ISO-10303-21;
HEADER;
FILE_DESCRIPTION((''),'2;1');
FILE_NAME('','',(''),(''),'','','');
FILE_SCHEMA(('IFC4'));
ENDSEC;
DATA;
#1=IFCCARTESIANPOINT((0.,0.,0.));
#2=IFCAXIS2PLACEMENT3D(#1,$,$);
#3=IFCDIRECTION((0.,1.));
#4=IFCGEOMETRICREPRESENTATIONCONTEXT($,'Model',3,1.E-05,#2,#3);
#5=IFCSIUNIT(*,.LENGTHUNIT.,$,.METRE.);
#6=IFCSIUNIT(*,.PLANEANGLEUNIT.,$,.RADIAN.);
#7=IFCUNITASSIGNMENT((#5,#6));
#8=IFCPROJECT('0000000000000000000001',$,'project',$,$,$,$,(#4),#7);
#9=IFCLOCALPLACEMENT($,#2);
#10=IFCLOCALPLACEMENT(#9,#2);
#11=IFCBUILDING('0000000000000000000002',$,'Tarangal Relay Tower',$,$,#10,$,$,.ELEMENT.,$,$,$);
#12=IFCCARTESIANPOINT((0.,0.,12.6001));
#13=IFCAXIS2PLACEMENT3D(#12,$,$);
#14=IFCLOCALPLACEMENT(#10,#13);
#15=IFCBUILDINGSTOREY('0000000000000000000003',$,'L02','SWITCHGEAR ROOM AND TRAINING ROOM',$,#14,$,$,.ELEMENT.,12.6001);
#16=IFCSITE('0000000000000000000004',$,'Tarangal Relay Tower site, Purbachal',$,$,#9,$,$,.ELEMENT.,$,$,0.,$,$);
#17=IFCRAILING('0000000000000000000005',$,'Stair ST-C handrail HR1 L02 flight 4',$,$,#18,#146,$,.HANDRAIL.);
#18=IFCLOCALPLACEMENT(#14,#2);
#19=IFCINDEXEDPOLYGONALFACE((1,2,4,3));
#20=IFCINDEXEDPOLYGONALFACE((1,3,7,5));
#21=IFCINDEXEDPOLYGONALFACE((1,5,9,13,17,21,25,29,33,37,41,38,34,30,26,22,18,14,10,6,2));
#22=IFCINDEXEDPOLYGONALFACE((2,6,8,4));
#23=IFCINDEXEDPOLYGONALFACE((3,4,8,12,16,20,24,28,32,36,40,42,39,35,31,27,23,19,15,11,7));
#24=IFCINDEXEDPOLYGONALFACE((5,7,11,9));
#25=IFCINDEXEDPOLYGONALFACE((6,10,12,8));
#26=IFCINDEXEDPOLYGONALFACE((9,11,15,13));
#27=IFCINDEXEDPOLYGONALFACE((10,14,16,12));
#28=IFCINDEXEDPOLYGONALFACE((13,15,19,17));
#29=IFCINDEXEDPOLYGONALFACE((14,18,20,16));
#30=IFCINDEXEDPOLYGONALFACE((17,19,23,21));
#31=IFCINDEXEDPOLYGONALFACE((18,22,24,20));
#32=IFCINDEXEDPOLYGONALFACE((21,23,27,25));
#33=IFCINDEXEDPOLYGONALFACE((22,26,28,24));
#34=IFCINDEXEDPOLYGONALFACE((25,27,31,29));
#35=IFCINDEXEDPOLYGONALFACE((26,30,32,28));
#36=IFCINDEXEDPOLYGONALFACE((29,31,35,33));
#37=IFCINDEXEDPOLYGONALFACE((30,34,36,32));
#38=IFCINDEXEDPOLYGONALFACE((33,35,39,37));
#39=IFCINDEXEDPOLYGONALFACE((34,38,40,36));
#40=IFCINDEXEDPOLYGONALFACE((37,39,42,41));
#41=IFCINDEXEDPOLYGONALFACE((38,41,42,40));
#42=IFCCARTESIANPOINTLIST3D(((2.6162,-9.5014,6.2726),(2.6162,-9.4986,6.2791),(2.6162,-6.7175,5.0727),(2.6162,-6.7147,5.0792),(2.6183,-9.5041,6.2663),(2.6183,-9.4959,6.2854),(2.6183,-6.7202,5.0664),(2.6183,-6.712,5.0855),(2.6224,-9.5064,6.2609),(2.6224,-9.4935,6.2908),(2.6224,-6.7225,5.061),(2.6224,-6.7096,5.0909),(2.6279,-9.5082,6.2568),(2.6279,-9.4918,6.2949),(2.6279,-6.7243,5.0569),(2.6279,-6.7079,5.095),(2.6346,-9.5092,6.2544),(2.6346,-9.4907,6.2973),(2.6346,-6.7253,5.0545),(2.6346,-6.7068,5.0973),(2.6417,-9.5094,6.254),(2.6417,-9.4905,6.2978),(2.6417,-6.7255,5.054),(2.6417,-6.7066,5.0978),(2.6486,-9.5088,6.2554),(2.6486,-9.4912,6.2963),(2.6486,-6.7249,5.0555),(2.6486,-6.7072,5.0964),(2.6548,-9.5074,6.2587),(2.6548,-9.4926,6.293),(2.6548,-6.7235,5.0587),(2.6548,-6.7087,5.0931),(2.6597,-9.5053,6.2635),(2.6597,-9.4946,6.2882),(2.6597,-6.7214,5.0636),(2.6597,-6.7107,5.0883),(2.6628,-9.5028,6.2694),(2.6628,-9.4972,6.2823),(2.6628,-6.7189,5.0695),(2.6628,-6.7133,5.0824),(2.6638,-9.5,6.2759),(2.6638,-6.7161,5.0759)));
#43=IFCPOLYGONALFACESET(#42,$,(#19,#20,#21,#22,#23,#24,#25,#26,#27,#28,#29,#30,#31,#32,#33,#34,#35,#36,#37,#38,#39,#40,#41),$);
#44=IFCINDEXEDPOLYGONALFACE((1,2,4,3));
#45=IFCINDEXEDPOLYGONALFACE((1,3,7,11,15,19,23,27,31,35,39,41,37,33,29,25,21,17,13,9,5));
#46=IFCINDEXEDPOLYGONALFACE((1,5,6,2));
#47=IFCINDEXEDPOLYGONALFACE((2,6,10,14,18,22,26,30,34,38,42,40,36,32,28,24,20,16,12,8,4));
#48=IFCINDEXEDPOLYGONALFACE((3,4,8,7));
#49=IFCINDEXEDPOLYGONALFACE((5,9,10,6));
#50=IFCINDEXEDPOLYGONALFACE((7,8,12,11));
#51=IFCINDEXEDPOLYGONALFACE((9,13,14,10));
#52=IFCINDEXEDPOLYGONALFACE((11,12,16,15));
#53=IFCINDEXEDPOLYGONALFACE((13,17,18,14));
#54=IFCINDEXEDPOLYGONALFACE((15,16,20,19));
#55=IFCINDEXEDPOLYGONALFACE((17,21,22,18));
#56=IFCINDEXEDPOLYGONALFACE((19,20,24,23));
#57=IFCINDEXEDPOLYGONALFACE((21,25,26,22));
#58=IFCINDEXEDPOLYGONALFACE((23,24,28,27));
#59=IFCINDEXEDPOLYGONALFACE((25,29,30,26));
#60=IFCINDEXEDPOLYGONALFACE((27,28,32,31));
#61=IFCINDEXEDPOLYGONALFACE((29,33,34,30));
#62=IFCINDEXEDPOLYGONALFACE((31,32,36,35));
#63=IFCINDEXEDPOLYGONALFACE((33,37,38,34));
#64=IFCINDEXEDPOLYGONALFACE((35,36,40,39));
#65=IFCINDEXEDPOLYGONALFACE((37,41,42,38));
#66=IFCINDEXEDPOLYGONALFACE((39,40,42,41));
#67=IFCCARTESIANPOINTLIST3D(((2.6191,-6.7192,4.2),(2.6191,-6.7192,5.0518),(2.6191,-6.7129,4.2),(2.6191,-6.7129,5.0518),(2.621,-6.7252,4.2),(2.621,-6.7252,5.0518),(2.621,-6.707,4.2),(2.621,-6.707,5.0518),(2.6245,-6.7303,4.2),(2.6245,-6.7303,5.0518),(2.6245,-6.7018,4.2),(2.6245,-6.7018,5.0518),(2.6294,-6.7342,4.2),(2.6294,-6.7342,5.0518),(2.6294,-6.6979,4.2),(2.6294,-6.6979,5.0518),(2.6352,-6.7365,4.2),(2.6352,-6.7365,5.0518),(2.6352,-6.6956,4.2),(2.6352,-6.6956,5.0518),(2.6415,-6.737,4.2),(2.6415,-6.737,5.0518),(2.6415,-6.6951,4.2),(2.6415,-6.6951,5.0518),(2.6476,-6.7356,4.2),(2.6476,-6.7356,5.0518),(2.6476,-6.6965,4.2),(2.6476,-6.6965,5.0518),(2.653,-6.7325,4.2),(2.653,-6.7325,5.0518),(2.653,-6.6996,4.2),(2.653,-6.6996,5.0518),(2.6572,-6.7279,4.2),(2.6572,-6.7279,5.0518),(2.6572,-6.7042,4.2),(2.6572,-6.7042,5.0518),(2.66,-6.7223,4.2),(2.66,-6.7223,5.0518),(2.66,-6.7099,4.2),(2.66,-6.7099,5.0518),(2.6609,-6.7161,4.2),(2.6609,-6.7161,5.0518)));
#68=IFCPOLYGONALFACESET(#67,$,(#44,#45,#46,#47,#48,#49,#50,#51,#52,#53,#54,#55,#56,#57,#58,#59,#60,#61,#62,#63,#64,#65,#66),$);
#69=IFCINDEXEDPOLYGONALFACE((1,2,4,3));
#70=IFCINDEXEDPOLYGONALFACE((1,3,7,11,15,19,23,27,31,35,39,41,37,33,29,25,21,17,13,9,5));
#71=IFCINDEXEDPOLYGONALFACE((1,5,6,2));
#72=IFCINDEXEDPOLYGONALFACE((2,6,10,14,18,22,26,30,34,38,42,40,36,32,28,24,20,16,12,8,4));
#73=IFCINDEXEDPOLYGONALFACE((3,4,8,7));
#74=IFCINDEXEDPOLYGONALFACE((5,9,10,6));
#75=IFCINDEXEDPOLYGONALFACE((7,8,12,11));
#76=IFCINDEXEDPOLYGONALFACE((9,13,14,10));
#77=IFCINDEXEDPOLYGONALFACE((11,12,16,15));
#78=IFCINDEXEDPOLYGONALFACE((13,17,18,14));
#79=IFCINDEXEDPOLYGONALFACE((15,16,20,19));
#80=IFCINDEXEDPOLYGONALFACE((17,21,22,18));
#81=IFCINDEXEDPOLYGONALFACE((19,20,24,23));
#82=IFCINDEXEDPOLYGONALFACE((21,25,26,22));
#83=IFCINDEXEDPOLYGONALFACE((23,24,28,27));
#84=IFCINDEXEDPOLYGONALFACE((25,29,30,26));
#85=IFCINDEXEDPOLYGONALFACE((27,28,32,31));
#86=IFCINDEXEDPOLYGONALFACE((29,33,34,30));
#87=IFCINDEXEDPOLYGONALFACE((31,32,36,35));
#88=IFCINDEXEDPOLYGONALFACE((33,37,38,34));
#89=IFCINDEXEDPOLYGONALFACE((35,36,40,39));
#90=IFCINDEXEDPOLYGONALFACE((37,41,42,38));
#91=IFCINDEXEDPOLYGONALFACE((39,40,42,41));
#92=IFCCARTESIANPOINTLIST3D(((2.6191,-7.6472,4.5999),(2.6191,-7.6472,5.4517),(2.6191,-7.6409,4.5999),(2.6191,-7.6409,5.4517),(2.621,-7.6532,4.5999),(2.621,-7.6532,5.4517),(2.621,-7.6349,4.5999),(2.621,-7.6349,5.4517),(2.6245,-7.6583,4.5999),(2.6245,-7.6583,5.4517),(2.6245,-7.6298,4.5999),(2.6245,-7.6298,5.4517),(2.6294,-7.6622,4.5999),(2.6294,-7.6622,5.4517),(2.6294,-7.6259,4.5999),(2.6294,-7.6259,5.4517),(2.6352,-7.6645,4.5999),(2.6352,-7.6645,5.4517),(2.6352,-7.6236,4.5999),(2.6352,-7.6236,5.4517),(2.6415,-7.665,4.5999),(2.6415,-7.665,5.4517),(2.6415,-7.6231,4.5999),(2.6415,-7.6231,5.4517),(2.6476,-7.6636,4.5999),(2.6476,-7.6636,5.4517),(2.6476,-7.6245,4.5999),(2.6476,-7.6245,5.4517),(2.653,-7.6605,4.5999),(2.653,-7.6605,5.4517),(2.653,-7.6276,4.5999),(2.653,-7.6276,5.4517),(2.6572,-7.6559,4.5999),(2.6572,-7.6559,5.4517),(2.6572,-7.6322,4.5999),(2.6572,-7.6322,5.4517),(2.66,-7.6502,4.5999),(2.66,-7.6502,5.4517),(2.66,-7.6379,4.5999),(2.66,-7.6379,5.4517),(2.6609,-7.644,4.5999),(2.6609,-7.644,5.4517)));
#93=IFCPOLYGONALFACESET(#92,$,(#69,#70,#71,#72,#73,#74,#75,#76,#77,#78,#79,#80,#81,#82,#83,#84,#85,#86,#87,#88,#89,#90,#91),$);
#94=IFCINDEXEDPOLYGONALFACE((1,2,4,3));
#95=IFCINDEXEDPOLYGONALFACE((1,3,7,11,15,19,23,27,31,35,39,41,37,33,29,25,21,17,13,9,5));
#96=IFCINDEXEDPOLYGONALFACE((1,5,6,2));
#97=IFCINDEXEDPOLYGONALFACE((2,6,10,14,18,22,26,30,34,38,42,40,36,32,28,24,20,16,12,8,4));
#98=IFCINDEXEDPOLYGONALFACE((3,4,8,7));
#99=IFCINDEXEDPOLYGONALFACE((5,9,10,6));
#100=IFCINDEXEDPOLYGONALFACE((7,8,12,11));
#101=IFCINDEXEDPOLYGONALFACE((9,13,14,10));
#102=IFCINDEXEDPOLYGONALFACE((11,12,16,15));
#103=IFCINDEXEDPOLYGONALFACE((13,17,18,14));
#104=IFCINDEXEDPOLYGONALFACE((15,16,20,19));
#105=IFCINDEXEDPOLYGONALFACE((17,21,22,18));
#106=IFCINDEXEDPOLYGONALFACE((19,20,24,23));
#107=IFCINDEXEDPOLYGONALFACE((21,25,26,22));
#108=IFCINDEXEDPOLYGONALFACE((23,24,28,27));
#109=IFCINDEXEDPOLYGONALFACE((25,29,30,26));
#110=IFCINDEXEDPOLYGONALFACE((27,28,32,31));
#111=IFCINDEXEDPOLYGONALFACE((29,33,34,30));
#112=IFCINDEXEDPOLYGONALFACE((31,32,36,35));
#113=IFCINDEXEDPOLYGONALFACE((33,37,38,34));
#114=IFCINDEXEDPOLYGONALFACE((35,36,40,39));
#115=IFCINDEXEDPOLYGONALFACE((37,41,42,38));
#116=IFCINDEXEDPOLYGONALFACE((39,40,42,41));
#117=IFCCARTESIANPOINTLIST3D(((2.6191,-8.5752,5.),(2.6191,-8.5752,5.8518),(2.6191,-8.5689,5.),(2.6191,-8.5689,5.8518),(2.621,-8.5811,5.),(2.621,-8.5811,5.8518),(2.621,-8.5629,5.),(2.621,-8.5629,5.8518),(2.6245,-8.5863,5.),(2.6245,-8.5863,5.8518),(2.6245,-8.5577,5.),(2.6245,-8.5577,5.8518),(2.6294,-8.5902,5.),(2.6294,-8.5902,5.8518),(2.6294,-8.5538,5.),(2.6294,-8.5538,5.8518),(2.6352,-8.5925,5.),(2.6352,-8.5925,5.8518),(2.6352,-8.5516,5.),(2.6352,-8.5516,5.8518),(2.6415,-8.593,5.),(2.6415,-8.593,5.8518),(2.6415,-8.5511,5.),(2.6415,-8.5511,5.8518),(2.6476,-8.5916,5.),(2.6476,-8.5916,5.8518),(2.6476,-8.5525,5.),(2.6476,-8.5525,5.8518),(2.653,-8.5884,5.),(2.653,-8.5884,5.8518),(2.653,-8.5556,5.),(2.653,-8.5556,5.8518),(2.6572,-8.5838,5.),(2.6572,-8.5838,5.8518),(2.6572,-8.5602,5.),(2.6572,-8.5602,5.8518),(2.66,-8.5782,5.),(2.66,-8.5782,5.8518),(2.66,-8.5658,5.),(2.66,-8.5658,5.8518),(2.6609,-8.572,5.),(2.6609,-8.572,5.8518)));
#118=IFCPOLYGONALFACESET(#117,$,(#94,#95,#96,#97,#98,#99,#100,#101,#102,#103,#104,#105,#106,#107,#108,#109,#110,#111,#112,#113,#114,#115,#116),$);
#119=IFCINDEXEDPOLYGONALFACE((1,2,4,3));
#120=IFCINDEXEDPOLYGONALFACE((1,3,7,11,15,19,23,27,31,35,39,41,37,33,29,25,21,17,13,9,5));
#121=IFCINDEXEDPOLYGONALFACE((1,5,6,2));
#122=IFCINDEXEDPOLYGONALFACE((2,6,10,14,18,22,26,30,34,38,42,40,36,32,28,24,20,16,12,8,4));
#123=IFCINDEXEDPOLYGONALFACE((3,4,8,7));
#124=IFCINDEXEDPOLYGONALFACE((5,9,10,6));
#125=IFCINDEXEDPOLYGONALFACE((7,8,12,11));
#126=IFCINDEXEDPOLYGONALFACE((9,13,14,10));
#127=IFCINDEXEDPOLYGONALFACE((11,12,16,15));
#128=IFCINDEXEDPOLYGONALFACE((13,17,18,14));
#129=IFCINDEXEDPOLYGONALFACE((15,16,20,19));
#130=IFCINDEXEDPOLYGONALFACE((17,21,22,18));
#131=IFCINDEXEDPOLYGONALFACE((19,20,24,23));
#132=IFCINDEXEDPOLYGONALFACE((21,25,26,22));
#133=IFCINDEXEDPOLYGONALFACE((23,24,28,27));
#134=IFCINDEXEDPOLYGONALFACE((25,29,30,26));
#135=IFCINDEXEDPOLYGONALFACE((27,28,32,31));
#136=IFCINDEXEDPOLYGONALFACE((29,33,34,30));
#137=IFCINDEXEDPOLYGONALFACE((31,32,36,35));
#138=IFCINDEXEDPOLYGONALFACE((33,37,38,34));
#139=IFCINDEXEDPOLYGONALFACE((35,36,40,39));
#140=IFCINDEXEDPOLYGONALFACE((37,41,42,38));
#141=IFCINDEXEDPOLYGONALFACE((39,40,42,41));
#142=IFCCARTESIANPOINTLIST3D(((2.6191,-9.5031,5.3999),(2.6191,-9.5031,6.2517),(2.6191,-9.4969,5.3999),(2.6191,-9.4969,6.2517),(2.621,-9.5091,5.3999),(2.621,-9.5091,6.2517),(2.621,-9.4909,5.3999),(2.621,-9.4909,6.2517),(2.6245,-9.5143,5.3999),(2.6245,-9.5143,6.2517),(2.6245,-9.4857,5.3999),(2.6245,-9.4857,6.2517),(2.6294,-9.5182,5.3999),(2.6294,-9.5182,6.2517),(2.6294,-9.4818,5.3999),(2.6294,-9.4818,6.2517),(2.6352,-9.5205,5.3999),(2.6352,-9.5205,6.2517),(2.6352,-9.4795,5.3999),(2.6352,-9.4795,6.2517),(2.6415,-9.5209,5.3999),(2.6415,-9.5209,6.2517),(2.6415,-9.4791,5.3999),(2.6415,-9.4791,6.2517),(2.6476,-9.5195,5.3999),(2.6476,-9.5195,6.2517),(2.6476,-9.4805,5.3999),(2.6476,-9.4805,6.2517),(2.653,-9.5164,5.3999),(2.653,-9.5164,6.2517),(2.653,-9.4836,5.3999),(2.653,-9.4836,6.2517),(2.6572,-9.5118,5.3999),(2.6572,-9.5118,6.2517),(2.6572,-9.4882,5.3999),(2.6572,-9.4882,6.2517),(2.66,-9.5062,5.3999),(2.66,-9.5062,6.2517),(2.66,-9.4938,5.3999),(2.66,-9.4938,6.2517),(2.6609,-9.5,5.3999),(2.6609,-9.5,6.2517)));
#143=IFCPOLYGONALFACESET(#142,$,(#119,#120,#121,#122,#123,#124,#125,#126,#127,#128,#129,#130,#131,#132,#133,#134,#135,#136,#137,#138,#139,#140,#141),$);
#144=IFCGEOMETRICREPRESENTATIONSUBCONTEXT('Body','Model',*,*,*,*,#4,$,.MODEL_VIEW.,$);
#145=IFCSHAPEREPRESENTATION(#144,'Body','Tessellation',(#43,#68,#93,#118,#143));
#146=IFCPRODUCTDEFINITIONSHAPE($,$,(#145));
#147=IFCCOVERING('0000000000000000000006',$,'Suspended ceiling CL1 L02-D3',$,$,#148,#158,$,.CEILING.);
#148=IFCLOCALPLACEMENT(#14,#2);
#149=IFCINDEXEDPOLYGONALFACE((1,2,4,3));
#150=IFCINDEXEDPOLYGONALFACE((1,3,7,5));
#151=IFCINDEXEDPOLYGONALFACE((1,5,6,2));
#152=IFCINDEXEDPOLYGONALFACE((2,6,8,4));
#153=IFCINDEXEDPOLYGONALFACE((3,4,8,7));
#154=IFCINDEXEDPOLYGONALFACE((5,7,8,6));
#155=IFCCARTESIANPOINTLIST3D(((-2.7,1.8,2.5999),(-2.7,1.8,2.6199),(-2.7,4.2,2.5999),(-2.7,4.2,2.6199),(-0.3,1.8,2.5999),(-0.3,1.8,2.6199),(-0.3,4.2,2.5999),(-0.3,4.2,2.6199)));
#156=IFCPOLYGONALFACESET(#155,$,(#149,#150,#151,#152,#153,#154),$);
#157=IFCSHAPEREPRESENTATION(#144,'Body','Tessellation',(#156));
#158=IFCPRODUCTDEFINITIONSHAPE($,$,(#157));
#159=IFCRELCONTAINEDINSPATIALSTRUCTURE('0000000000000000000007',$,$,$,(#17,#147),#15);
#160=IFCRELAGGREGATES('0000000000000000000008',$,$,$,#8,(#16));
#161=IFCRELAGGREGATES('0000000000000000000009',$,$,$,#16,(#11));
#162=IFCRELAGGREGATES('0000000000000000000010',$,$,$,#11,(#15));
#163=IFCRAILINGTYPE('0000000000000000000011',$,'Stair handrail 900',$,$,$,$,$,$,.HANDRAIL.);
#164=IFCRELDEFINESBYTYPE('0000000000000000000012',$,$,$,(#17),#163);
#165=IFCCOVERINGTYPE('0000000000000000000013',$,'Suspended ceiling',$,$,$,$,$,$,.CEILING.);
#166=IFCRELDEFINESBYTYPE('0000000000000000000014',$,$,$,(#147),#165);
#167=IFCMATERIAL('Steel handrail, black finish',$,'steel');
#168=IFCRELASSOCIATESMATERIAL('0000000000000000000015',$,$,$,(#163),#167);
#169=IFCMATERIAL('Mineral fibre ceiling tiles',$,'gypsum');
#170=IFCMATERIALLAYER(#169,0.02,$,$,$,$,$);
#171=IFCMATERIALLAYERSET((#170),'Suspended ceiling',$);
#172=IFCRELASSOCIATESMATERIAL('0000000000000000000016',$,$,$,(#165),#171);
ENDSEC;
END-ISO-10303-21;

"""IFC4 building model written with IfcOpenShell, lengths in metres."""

from ifc_helpers import new_model, si_unit, direction, frame, origin, origin_2d, place, context, subcontext, project, spatial, polyline, circle, outline, extrude, material, layer, layer_set, type_object, element, save


model = new_model("IFC4")

# Units and contexts
model_context = context("Model", 3, precision=1e-05, world=origin(), true_north=direction((0.0, 1.0)))
body_context = subcontext(model_context, "Body", "Model", "MODEL_VIEW")
ifc_project = project(units=[si_unit("LENGTHUNIT", "METRE"), si_unit("PLANEANGLEUNIT", "RADIAN")], contexts=[model_context])

# Site, building, storey
site_placement = place(None, origin())
site = spatial("IfcSite", under=ifc_project, at=site_placement, Name="Tarangal Relay Tower site, Purbachal", CompositionType="ELEMENT", RefElevation=0.0)
building_placement = place(site_placement, origin())
building = spatial("IfcBuilding", under=site, at=building_placement, Name="Tarangal Relay Tower", CompositionType="ELEMENT")
storey_placement = place(building_placement, frame((0.0, 0.0, 12.6001)))
storey = spatial("IfcBuildingStorey", under=building, at=storey_placement, Name="L02", Description="SWITCHGEAR ROOM AND TRAINING ROOM", CompositionType="ELEMENT", Elevation=12.6001)

# Railing
ifc_material_1 = material(Name="Steel handrail, black finish", Category="steel")
railing_type_1 = type_object("IfcRailingType", Name="Stair handrail 900", PredefinedType="HANDRAIL", material=ifc_material_1)
for number, where, name in (
    (1, (2.6399, -6.7161, 4.2), "Stair ST-C handrail HR1 L02 flight 4"),
):
    element("IfcRailing", number, at=place(storey_placement, frame(where)), inside=storey, type_object=railing_type_1, Name=name, PredefinedType="HANDRAIL", context=body_context, shape_type="SweptSolid", body=[
        extrude(circle(Radius=0.0239, at=origin_2d()), frame((0.0, 0.0, 0.876), z_axis=(0.0, -0.918327, 0.395823), x_axis=(1.0, 0.0, 0.0)), (0.0, 0.0, 1.0), 3.0315),
        extrude(circle(Radius=0.021, at=origin_2d()), origin(), (0.0, 0.0, 1.0), 0.8518),
        extrude(circle(Radius=0.021, at=origin_2d()), frame((0.0, -0.928, 0.3999)), (0.0, 0.0, 1.0), 0.8518),
        extrude(circle(Radius=0.021, at=origin_2d()), frame((0.0, -1.856, 0.8)), (0.0, 0.0, 1.0), 0.8518),
        extrude(circle(Radius=0.021, at=origin_2d()), frame((0.0, -2.7839, 1.2)), (0.0, 0.0, 1.0), 0.8518),
    ])

# Covering
ifc_material_2 = material(Name="Mineral fibre ceiling tiles", Category="gypsum")
ifc_layer_1 = layer(ifc_material_2, 0.02)
ifc_layer_set_1 = layer_set([ifc_layer_1], Name="Suspended ceiling")
covering_type = type_object("IfcCoveringType", Name="Suspended ceiling", PredefinedType="CEILING", material=ifc_layer_set_1)
covering_placement = place(storey_placement, frame((0.0, 0.0, 2.5999)))
element("IfcCovering", 2, at=covering_placement, inside=storey, type_object=covering_type, Name="Suspended ceiling CL1 L02-D3", PredefinedType="CEILING", context=body_context, shape_type="SweptSolid", body=[
    extrude(outline(polyline([(-2.7, 1.8), (-0.3, 1.8), (-0.3, 4.2), (-2.7, 4.2), (-2.7, 1.8)])), origin(), (0.0, 0.0, 1.0), 0.02),
])

save(model, "model.ifc")
